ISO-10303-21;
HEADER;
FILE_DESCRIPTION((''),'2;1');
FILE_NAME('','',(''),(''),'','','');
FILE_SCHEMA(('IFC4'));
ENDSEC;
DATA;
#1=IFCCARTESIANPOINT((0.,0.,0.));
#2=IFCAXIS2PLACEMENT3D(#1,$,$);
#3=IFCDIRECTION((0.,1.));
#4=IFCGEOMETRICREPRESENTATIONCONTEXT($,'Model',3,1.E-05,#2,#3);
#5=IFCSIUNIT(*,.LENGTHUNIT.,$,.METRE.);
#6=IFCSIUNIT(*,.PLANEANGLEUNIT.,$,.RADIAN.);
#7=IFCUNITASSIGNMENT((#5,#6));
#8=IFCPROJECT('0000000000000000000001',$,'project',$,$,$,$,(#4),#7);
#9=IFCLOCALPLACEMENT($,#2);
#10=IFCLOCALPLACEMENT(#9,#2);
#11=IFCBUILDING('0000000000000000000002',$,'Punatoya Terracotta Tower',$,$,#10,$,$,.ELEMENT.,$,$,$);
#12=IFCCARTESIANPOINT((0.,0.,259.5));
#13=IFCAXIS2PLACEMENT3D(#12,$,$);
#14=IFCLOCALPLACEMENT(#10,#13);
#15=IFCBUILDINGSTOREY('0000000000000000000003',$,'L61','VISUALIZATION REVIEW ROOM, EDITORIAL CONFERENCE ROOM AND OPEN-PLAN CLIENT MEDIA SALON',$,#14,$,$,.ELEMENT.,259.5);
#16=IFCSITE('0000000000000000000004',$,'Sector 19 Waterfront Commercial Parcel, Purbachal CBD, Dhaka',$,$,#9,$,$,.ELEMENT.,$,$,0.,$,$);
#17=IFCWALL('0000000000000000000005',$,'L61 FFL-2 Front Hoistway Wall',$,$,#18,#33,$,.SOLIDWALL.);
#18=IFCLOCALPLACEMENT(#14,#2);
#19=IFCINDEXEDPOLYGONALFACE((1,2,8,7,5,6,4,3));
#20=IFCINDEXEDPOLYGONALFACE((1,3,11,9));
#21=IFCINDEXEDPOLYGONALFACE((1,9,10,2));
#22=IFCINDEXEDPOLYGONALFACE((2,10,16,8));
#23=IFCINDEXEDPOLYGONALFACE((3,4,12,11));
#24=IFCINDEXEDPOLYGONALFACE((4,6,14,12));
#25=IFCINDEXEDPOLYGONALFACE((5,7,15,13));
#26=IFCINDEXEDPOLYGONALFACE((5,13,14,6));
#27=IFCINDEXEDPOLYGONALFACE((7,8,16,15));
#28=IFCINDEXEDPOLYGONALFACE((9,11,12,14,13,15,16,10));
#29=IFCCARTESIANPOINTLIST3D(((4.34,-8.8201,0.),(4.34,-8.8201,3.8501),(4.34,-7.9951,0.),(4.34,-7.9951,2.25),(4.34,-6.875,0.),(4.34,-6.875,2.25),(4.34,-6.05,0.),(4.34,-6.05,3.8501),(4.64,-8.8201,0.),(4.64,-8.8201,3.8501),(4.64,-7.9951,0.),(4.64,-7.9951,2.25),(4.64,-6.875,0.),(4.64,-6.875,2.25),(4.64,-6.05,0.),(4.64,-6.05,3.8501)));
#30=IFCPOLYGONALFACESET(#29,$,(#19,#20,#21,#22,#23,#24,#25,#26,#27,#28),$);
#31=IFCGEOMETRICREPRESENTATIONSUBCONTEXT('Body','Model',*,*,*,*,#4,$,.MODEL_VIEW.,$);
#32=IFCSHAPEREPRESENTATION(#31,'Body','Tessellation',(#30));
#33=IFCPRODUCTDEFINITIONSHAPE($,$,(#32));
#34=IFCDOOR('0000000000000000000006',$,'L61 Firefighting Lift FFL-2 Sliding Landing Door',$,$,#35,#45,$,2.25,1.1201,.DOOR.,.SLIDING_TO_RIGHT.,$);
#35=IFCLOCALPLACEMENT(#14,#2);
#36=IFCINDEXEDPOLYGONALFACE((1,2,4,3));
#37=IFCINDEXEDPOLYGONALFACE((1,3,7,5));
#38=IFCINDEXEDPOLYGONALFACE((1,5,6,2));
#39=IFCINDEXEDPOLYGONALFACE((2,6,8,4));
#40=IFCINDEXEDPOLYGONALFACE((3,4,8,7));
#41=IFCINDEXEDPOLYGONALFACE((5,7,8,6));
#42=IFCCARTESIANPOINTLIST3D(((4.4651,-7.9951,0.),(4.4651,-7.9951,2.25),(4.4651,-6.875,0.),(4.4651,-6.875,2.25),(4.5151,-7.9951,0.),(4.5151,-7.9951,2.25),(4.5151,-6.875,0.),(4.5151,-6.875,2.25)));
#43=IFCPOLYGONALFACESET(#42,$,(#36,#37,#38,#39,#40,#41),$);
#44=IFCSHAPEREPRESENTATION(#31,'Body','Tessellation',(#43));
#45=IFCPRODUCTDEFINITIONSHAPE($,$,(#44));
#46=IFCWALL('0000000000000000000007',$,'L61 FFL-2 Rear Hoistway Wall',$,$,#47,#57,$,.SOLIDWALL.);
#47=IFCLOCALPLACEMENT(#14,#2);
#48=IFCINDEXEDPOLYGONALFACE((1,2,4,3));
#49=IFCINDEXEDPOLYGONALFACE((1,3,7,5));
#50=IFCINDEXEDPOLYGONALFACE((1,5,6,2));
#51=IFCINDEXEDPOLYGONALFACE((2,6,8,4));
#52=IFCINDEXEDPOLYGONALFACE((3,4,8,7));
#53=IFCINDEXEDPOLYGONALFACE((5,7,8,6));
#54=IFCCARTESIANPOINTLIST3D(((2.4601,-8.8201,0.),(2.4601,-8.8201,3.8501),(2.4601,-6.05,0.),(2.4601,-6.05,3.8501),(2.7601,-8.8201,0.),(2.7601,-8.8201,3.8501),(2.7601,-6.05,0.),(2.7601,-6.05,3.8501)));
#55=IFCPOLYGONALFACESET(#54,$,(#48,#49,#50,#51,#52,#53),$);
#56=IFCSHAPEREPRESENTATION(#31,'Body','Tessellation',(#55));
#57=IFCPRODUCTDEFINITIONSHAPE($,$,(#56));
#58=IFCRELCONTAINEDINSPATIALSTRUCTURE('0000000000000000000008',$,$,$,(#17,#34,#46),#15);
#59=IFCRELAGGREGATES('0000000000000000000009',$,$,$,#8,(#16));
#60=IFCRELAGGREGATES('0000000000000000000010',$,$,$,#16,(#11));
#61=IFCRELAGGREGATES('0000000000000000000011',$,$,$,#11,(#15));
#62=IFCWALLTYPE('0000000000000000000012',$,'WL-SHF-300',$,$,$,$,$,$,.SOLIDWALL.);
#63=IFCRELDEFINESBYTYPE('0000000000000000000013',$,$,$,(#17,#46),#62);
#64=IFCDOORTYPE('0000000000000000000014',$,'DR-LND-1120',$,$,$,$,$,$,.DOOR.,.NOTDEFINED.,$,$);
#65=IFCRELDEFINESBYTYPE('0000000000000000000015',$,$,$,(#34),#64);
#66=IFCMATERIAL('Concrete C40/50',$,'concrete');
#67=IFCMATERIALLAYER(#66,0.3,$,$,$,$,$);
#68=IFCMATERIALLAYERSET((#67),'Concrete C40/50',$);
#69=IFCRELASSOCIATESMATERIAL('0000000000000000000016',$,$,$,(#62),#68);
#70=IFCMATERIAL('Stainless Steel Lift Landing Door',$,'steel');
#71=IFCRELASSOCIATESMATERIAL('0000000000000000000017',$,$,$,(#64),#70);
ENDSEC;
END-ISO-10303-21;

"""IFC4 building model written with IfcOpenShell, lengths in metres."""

from ifc_helpers import new_model, si_unit, direction, frame, frame_2d, origin, place, context, subcontext, project, spatial, rectangle, extrude, material, layer, layer_set, type_object, element, fill, save


model = new_model("IFC4")

# Units and contexts
model_context = context("Model", 3, precision=1e-05, world=origin(), true_north=direction((0.0, 1.0)))
body_context = subcontext(model_context, "Body", "Model", "MODEL_VIEW")
ifc_project = project(units=[si_unit("LENGTHUNIT", "METRE"), si_unit("PLANEANGLEUNIT", "RADIAN")], contexts=[model_context])

# Site, building, storey
site_placement = place(None, origin())
site = spatial("IfcSite", under=ifc_project, at=site_placement, Name="Sector 19 Waterfront Commercial Parcel, Purbachal CBD, Dhaka", CompositionType="ELEMENT", RefElevation=0.0)
building_placement = place(site_placement, origin())
building = spatial("IfcBuilding", under=site, at=building_placement, Name="Punatoya Terracotta Tower", CompositionType="ELEMENT")
storey_placement = place(building_placement, frame((0.0, 0.0, 259.5)))
storey = spatial("IfcBuildingStorey", under=building, at=storey_placement, Name="L61", Description="VISUALIZATION REVIEW ROOM, EDITORIAL CONFERENCE ROOM AND OPEN-PLAN CLIENT MEDIA SALON", CompositionType="ELEMENT", Elevation=259.5)

# Wall, opening, door
ifc_material_1 = material(Name="Concrete C40/50", Category="concrete")
ifc_layer_1 = layer(ifc_material_1, 0.3)
ifc_layer_set_1 = layer_set([ifc_layer_1], Name="Concrete C40/50")
wall_type_1 = type_object("IfcWallType", Name="WL-SHF-300", PredefinedType="SOLIDWALL", material=ifc_layer_set_1)
wall_1_placement = place(storey_placement, frame((4.49, -8.8201, 0.0), z_axis=(0.0, 0.0, 1.0), x_axis=(0.0, 1.0, 0.0)))
wall_1 = element("IfcWall", 1, at=wall_1_placement, inside=storey, type_object=wall_type_1, Name="L61 FFL-2 Front Hoistway Wall", PredefinedType="SOLIDWALL", context=body_context, shape_type="SweptSolid", body=[
    extrude(rectangle(XDim=2.77, YDim=0.3, at=frame_2d((1.385, 0.0))), origin(), (0.0, 0.0, 1.0), 3.8501),
])
opening_1_placement = place(wall_1_placement, frame((0.825, 0.0, 0.0)))
opening_1 = element("IfcOpeningElement", 2, at=opening_1_placement, cuts=wall_1, PredefinedType="OPENING", context=body_context, shape_type="SweptSolid", body=[
    extrude(rectangle(XDim=1.1201, YDim=2.25, at=frame_2d((0.5601, 1.125))), frame((0.0, 0.1599, 0.0), z_axis=(0.0, -1.0, 0.0), x_axis=(1.0, 0.0, 0.0)), (0.0, 0.0, 1.0), 0.3201),
])
ifc_material_2 = material(Name="Stainless Steel Lift Landing Door", Category="steel")
door_type_1 = type_object("IfcDoorType", Name="DR-LND-1120", OperationType="NOTDEFINED", PredefinedType="DOOR", material=ifc_material_2)
door_1_placement = place(opening_1_placement, origin())
door_1 = element("IfcDoor", 3, at=door_1_placement, inside=storey, type_object=door_type_1, Name="L61 Firefighting Lift FFL-2 Sliding Landing Door", OperationType="SLIDING_TO_RIGHT", OverallHeight=2.25, OverallWidth=1.1201, PredefinedType="DOOR", context=body_context, shape_type="SweptSolid", body=[
    extrude(rectangle(XDim=1.1201, YDim=2.25, at=frame_2d((0.5601, 1.125))), frame((0.0, 0.0249, 0.0), z_axis=(0.0, -1.0, 0.0), x_axis=(1.0, 0.0, 0.0)), (0.0, 0.0, 1.0), 0.05),
])
fill(opening_1, door_1)

# Wall
wall_2_placement = place(storey_placement, frame((2.6101, -8.8201, 0.0), z_axis=(0.0, 0.0, 1.0), x_axis=(0.0, 1.0, 0.0)))
element("IfcWall", 4, at=wall_2_placement, inside=storey, type_object=wall_type_1, Name="L61 FFL-2 Rear Hoistway Wall", PredefinedType="SOLIDWALL", context=body_context, shape_type="SweptSolid", body=[
    extrude(rectangle(XDim=2.77, YDim=0.3, at=frame_2d((1.385, 0.0))), origin(), (0.0, 0.0, 1.0), 3.8501),
])

save(model, "model.ifc")
